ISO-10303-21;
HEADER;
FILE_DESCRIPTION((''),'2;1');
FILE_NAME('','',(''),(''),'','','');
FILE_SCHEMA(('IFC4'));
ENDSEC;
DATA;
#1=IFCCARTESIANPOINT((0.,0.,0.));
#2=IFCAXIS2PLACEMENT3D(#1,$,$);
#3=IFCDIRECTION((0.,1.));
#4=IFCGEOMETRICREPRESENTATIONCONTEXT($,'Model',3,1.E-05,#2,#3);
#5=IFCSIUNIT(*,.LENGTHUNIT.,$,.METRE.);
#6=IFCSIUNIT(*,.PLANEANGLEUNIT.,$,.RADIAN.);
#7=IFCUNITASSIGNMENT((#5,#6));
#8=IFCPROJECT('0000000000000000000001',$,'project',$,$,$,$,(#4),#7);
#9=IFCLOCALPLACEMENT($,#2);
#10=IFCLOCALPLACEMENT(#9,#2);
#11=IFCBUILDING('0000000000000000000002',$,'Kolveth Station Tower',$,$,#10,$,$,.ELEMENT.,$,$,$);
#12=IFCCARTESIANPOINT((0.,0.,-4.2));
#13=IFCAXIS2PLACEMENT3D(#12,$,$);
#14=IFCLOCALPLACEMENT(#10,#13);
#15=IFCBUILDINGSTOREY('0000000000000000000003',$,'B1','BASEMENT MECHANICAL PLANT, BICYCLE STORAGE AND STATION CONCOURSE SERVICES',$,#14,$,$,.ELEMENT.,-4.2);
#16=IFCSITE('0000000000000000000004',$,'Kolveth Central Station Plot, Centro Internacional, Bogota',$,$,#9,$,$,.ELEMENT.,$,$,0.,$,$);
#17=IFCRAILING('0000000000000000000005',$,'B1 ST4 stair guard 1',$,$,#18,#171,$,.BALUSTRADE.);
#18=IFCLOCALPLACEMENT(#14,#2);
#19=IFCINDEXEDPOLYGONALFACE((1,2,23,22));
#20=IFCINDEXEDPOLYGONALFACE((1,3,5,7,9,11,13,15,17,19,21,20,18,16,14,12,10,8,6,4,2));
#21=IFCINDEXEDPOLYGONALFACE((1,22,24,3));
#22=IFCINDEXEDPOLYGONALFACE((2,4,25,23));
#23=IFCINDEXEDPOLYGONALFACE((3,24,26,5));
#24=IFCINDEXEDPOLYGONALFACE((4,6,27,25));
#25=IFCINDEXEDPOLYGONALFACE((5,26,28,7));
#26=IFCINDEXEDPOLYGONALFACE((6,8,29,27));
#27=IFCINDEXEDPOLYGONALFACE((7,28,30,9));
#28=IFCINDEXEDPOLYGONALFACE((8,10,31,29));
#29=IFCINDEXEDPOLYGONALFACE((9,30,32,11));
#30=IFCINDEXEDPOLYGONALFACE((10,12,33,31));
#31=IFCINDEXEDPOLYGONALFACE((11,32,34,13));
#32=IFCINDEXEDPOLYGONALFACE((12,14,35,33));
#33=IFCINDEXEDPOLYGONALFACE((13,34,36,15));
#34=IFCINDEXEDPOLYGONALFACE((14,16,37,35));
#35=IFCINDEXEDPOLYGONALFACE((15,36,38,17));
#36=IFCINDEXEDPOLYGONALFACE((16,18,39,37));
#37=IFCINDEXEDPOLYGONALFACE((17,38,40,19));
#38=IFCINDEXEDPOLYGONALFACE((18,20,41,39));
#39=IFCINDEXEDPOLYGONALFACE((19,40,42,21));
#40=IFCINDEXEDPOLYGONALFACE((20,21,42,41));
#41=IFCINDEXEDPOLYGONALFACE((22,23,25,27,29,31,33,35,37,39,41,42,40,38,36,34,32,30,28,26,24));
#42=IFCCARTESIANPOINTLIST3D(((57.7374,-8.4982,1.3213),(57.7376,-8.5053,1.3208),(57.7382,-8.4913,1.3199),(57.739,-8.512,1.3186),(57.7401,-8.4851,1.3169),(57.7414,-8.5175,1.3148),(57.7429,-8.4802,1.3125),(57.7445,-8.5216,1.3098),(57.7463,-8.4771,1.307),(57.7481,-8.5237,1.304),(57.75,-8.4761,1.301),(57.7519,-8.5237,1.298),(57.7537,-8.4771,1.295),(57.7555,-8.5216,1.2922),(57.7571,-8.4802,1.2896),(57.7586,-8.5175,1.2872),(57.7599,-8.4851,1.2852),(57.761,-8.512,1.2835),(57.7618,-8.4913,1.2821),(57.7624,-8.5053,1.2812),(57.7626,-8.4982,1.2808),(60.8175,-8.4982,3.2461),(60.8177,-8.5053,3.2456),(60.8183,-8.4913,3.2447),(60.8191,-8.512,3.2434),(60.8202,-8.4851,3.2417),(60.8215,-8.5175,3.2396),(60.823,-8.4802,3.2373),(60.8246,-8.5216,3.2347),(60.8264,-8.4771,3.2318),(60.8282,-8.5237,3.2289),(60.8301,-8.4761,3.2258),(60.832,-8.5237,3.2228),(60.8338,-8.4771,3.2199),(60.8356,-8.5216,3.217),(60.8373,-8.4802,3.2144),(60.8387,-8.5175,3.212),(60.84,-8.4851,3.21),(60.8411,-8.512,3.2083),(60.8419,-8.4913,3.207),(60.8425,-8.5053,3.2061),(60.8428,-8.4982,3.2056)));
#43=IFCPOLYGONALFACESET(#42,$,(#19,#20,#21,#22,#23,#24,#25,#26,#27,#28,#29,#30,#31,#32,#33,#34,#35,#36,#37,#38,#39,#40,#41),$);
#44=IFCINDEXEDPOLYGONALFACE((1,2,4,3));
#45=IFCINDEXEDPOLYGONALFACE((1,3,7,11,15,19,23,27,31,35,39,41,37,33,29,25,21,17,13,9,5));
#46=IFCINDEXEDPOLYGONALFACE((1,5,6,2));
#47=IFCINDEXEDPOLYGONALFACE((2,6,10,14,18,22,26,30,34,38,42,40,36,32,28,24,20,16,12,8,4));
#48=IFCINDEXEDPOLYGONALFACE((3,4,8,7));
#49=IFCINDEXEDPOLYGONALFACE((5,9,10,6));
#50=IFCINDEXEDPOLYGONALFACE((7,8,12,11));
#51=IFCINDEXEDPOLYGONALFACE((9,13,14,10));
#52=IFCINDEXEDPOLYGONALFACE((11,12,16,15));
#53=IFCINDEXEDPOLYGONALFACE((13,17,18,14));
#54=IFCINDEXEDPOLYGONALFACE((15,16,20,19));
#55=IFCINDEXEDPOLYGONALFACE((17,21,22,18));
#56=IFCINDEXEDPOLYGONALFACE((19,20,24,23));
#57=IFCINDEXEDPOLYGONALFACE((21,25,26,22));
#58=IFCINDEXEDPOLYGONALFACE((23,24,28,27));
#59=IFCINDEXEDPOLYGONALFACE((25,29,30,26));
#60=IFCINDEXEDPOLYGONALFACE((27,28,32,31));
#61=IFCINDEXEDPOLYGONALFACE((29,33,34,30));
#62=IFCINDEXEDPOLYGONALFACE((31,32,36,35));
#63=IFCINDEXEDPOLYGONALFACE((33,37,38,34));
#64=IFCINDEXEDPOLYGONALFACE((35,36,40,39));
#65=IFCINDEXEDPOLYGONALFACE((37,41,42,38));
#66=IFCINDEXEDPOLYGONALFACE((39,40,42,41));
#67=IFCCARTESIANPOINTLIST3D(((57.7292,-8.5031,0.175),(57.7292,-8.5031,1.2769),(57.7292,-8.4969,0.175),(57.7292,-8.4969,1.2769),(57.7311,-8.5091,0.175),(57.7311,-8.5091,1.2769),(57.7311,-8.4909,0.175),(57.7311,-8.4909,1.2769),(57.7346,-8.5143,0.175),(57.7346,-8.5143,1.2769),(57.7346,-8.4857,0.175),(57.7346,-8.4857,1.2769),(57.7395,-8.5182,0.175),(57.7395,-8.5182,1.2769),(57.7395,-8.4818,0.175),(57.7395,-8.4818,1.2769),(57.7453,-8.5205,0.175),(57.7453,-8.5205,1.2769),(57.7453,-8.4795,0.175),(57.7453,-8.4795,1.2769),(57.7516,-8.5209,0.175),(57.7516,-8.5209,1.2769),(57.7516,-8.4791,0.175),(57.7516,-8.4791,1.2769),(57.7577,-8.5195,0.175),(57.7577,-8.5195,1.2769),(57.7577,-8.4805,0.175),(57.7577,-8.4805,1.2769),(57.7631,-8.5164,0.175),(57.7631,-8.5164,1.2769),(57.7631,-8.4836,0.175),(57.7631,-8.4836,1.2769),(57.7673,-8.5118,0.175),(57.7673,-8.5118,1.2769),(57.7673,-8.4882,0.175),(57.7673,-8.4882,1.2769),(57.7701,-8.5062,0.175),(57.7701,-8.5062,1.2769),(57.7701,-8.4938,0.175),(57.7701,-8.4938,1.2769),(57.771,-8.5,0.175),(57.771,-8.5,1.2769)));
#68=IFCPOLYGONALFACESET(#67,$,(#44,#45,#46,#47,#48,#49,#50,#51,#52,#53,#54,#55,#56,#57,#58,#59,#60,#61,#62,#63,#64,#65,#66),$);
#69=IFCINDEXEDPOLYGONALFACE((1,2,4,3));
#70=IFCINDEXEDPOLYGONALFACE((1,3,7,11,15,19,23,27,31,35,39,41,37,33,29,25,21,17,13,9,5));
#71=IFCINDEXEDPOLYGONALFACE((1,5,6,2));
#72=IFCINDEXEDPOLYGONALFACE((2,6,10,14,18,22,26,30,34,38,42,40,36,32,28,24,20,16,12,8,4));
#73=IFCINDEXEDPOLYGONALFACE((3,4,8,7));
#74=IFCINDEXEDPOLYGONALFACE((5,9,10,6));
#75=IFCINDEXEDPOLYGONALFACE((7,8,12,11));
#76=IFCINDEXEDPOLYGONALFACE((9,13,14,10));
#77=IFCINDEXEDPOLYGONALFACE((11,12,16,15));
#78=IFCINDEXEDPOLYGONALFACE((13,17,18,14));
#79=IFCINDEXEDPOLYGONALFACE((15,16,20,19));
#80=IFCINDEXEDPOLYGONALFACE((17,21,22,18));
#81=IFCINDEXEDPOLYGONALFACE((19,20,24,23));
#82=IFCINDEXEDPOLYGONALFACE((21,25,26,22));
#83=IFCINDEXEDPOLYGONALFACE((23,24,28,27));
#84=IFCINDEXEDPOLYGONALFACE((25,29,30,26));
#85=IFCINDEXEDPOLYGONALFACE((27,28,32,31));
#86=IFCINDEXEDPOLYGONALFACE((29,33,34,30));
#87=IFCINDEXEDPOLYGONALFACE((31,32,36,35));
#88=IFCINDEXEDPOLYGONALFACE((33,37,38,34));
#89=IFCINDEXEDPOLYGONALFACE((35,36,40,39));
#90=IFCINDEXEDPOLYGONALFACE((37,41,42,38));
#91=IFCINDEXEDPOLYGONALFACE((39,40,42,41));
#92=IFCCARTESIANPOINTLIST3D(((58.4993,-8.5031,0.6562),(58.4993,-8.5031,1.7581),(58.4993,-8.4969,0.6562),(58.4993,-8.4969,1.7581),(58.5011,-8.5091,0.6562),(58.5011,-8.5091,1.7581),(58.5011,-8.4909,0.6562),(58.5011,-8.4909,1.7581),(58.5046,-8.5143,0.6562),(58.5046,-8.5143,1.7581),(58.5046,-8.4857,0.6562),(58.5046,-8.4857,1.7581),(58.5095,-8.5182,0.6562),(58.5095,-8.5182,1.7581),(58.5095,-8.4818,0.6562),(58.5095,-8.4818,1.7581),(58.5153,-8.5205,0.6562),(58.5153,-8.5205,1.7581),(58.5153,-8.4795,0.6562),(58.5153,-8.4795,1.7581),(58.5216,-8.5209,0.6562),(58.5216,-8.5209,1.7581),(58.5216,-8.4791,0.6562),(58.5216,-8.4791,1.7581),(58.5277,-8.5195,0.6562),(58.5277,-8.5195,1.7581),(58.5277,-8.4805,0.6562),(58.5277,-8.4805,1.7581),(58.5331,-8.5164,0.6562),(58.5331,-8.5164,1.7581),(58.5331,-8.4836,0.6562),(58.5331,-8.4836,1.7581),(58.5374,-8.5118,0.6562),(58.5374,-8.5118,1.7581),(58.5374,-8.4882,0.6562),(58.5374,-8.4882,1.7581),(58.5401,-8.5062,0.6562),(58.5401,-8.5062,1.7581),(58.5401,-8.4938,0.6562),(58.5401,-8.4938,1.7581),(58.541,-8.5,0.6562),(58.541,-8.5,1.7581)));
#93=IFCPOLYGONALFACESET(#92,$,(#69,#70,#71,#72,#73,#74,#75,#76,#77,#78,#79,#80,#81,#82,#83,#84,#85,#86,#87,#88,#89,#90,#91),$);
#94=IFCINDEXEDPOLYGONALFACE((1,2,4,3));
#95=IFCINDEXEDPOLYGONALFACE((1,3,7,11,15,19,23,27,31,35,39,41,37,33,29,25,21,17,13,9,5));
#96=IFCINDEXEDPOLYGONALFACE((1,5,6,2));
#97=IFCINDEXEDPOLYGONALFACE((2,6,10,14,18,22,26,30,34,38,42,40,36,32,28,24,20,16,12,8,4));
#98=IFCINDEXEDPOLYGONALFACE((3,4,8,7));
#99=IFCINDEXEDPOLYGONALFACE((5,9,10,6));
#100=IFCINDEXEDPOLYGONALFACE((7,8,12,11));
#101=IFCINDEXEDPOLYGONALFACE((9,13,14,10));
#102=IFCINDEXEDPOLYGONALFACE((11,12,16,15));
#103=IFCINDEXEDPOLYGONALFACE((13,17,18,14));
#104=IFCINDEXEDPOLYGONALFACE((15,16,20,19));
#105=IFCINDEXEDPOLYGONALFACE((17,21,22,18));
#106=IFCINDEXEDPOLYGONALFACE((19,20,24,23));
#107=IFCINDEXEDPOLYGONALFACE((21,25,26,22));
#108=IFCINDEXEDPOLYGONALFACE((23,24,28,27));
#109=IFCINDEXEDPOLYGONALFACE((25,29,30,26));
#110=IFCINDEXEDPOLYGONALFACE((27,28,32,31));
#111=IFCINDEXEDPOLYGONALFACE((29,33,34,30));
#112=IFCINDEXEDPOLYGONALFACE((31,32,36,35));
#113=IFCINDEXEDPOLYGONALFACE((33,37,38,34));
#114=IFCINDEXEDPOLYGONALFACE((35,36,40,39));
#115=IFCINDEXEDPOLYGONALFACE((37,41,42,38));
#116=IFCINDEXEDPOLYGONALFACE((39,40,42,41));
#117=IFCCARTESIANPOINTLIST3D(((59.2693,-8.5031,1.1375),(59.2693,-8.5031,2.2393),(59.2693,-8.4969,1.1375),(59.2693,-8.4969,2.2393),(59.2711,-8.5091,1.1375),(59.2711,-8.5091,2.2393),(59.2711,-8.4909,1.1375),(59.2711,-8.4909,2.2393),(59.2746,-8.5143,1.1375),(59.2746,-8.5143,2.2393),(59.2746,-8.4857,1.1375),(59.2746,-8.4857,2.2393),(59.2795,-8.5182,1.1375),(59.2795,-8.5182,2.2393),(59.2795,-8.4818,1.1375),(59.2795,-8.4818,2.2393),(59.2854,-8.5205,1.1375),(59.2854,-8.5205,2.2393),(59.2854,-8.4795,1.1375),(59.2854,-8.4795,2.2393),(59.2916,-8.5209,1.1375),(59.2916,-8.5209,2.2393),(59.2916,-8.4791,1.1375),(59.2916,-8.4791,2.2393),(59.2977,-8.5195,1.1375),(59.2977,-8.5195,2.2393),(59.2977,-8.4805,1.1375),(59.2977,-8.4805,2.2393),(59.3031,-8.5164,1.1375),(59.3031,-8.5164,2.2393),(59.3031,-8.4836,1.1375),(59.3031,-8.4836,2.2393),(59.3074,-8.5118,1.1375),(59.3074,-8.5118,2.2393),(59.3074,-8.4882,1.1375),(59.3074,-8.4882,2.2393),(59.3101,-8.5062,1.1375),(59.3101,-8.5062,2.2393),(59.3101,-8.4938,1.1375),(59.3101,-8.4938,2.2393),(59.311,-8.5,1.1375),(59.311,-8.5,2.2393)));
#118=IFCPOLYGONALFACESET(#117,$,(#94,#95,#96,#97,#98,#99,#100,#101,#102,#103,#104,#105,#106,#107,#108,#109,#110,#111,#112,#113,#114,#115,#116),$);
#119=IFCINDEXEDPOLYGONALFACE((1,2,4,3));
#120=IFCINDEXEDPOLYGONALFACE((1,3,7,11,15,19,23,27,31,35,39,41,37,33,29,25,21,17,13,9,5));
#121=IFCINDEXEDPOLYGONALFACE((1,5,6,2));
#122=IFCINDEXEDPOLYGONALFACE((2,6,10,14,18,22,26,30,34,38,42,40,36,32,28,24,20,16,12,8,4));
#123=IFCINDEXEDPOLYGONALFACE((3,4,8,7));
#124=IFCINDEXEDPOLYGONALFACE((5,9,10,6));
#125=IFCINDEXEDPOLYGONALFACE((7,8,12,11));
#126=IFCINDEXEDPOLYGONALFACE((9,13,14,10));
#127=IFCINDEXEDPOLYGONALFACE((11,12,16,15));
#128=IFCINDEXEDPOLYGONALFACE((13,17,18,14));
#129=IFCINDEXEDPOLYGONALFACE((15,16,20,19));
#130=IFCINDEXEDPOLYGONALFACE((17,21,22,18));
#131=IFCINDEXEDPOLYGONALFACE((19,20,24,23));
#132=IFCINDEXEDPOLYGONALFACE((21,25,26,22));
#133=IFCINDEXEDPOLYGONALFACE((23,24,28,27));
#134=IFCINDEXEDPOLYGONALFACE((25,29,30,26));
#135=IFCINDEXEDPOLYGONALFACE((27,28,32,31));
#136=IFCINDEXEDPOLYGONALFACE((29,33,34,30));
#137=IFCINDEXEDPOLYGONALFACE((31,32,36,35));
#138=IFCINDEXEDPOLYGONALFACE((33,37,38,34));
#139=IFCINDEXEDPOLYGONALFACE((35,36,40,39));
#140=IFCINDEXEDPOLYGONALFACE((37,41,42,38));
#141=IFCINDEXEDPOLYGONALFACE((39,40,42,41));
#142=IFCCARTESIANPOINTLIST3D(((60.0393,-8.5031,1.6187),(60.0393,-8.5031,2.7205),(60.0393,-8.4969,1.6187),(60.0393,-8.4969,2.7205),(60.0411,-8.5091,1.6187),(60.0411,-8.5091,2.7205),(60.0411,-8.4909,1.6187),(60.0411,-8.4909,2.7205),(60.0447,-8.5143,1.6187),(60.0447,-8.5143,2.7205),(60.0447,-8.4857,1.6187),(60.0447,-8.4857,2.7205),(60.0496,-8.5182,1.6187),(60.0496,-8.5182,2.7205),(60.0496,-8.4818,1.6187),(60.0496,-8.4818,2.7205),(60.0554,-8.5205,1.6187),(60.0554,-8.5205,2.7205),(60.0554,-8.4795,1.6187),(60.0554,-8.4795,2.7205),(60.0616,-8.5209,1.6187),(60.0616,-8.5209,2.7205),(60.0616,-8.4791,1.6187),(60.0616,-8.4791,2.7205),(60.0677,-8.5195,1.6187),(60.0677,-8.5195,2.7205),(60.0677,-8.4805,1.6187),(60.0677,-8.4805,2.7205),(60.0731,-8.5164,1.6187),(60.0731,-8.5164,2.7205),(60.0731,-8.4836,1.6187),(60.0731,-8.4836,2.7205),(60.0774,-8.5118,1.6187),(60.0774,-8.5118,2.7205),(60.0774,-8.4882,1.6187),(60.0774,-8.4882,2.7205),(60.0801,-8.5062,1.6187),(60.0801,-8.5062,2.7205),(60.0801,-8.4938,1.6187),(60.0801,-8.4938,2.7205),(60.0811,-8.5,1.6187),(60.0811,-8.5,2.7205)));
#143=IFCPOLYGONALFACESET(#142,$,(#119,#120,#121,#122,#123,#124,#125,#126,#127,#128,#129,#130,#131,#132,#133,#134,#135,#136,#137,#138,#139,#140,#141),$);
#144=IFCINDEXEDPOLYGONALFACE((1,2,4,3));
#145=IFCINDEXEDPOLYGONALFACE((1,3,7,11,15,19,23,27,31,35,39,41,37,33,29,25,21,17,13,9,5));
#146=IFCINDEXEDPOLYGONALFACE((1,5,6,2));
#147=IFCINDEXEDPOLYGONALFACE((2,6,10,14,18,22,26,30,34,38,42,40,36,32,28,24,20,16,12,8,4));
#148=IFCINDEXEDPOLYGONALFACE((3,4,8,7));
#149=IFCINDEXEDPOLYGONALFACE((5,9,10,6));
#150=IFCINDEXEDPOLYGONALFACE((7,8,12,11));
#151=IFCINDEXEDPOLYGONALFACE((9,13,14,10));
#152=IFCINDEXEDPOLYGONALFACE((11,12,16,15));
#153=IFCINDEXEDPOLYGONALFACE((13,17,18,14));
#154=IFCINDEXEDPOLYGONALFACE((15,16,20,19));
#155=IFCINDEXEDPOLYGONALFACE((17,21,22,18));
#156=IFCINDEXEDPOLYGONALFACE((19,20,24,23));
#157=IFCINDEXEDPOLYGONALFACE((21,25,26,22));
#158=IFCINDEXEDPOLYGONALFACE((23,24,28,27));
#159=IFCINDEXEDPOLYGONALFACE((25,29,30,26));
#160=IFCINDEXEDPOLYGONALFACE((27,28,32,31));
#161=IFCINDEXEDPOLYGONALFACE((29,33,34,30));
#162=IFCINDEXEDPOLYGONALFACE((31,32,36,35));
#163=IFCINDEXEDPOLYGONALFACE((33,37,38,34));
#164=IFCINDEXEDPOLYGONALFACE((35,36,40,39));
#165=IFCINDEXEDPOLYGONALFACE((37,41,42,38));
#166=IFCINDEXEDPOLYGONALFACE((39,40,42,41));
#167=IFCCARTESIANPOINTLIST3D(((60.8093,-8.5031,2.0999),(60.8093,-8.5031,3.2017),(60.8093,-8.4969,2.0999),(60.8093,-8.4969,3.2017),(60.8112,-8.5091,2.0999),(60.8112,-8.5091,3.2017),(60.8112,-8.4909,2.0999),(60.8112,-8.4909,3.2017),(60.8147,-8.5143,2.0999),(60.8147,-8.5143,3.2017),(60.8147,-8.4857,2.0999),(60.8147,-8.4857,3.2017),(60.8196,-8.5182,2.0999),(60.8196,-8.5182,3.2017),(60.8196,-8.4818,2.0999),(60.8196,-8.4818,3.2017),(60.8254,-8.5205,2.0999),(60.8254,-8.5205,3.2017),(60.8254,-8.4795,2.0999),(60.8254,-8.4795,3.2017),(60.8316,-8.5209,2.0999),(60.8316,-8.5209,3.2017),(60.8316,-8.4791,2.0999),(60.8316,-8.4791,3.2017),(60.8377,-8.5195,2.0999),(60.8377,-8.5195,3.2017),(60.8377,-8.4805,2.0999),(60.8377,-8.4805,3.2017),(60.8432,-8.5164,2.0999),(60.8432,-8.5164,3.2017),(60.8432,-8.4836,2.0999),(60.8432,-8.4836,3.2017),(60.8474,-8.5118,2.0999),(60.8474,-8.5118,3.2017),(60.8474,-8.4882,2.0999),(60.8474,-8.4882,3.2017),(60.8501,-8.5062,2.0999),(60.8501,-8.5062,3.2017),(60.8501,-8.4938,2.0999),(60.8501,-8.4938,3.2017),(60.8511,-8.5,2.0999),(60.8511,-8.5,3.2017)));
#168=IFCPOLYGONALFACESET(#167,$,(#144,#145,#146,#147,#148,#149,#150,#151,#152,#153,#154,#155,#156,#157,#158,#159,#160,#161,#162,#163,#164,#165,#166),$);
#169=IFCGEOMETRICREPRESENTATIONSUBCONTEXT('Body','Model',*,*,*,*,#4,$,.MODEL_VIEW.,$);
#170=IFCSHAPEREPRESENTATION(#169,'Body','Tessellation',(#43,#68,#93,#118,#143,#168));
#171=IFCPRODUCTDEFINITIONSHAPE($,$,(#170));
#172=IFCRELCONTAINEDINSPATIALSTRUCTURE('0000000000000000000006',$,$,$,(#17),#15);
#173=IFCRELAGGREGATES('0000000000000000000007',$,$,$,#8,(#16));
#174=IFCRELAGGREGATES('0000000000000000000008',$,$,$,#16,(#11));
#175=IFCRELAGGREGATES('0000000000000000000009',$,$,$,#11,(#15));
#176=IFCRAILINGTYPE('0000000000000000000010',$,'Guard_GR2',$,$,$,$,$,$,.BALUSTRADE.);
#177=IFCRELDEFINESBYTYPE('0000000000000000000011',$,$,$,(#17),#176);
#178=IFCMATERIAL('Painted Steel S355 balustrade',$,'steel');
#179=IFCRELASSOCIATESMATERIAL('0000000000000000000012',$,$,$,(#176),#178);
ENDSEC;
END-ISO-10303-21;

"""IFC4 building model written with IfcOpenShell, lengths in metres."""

from ifc_helpers import new_model, si_unit, direction, frame, origin, origin_2d, place, context, subcontext, project, spatial, circle, extrude, material, type_object, element, save


model = new_model("IFC4")

# Units and contexts
model_context = context("Model", 3, precision=1e-05, world=origin(), true_north=direction((0.0, 1.0)))
body_context = subcontext(model_context, "Body", "Model", "MODEL_VIEW")
ifc_project = project(units=[si_unit("LENGTHUNIT", "METRE"), si_unit("PLANEANGLEUNIT", "RADIAN")], contexts=[model_context])

# Site, building, storey
site_placement = place(None, origin())
site = spatial("IfcSite", under=ifc_project, at=site_placement, Name="Kolveth Central Station Plot, Centro Internacional, Bogota", CompositionType="ELEMENT", RefElevation=0.0)
building_placement = place(site_placement, origin())
building = spatial("IfcBuilding", under=site, at=building_placement, Name="Kolveth Station Tower", CompositionType="ELEMENT")
storey_placement = place(building_placement, frame((0.0, 0.0, -4.2)))
storey = spatial("IfcBuildingStorey", under=building, at=storey_placement, Name="B1", Description="BASEMENT MECHANICAL PLANT, BICYCLE STORAGE AND STATION CONCOURSE SERVICES", CompositionType="ELEMENT", Elevation=-4.2)

# Railing
ifc_material_1 = material(Name="Painted Steel S355 balustrade", Category="steel")
railing_type_1 = type_object("IfcRailingType", Name="Guard_GR2", PredefinedType="BALUSTRADE", material=ifc_material_1)
railing_1_placement = place(storey_placement, frame((57.75, -8.5, 0.175)))
element("IfcRailing", 1, at=railing_1_placement, inside=storey, type_object=railing_type_1, Name="B1 ST4 stair guard 1", PredefinedType="BALUSTRADE", context=body_context, shape_type="SweptSolid", body=[
    extrude(circle(Radius=0.0239, at=origin_2d()), frame((0.0, 0.0, 1.126), z_axis=(0.848029, 0.0, 0.529951), x_axis=(0.0, 1.0, 0.0)), (0.0, 0.0, 1.0), 3.6321),
    extrude(circle(Radius=0.021, at=origin_2d()), origin(), (0.0, 0.0, 1.0), 1.1018),
    extrude(circle(Radius=0.021, at=origin_2d()), frame((0.77, 0.0, 0.4812)), (0.0, 0.0, 1.0), 1.1018),
    extrude(circle(Radius=0.021, at=origin_2d()), frame((1.54, 0.0, 0.9624)), (0.0, 0.0, 1.0), 1.1018),
    extrude(circle(Radius=0.021, at=origin_2d()), frame((2.3101, 0.0, 1.4436)), (0.0, 0.0, 1.0), 1.1018),
    extrude(circle(Radius=0.021, at=origin_2d()), frame((3.0801, 0.0, 1.9248)), (0.0, 0.0, 1.0), 1.1018),
])

save(model, "model.ifc")
